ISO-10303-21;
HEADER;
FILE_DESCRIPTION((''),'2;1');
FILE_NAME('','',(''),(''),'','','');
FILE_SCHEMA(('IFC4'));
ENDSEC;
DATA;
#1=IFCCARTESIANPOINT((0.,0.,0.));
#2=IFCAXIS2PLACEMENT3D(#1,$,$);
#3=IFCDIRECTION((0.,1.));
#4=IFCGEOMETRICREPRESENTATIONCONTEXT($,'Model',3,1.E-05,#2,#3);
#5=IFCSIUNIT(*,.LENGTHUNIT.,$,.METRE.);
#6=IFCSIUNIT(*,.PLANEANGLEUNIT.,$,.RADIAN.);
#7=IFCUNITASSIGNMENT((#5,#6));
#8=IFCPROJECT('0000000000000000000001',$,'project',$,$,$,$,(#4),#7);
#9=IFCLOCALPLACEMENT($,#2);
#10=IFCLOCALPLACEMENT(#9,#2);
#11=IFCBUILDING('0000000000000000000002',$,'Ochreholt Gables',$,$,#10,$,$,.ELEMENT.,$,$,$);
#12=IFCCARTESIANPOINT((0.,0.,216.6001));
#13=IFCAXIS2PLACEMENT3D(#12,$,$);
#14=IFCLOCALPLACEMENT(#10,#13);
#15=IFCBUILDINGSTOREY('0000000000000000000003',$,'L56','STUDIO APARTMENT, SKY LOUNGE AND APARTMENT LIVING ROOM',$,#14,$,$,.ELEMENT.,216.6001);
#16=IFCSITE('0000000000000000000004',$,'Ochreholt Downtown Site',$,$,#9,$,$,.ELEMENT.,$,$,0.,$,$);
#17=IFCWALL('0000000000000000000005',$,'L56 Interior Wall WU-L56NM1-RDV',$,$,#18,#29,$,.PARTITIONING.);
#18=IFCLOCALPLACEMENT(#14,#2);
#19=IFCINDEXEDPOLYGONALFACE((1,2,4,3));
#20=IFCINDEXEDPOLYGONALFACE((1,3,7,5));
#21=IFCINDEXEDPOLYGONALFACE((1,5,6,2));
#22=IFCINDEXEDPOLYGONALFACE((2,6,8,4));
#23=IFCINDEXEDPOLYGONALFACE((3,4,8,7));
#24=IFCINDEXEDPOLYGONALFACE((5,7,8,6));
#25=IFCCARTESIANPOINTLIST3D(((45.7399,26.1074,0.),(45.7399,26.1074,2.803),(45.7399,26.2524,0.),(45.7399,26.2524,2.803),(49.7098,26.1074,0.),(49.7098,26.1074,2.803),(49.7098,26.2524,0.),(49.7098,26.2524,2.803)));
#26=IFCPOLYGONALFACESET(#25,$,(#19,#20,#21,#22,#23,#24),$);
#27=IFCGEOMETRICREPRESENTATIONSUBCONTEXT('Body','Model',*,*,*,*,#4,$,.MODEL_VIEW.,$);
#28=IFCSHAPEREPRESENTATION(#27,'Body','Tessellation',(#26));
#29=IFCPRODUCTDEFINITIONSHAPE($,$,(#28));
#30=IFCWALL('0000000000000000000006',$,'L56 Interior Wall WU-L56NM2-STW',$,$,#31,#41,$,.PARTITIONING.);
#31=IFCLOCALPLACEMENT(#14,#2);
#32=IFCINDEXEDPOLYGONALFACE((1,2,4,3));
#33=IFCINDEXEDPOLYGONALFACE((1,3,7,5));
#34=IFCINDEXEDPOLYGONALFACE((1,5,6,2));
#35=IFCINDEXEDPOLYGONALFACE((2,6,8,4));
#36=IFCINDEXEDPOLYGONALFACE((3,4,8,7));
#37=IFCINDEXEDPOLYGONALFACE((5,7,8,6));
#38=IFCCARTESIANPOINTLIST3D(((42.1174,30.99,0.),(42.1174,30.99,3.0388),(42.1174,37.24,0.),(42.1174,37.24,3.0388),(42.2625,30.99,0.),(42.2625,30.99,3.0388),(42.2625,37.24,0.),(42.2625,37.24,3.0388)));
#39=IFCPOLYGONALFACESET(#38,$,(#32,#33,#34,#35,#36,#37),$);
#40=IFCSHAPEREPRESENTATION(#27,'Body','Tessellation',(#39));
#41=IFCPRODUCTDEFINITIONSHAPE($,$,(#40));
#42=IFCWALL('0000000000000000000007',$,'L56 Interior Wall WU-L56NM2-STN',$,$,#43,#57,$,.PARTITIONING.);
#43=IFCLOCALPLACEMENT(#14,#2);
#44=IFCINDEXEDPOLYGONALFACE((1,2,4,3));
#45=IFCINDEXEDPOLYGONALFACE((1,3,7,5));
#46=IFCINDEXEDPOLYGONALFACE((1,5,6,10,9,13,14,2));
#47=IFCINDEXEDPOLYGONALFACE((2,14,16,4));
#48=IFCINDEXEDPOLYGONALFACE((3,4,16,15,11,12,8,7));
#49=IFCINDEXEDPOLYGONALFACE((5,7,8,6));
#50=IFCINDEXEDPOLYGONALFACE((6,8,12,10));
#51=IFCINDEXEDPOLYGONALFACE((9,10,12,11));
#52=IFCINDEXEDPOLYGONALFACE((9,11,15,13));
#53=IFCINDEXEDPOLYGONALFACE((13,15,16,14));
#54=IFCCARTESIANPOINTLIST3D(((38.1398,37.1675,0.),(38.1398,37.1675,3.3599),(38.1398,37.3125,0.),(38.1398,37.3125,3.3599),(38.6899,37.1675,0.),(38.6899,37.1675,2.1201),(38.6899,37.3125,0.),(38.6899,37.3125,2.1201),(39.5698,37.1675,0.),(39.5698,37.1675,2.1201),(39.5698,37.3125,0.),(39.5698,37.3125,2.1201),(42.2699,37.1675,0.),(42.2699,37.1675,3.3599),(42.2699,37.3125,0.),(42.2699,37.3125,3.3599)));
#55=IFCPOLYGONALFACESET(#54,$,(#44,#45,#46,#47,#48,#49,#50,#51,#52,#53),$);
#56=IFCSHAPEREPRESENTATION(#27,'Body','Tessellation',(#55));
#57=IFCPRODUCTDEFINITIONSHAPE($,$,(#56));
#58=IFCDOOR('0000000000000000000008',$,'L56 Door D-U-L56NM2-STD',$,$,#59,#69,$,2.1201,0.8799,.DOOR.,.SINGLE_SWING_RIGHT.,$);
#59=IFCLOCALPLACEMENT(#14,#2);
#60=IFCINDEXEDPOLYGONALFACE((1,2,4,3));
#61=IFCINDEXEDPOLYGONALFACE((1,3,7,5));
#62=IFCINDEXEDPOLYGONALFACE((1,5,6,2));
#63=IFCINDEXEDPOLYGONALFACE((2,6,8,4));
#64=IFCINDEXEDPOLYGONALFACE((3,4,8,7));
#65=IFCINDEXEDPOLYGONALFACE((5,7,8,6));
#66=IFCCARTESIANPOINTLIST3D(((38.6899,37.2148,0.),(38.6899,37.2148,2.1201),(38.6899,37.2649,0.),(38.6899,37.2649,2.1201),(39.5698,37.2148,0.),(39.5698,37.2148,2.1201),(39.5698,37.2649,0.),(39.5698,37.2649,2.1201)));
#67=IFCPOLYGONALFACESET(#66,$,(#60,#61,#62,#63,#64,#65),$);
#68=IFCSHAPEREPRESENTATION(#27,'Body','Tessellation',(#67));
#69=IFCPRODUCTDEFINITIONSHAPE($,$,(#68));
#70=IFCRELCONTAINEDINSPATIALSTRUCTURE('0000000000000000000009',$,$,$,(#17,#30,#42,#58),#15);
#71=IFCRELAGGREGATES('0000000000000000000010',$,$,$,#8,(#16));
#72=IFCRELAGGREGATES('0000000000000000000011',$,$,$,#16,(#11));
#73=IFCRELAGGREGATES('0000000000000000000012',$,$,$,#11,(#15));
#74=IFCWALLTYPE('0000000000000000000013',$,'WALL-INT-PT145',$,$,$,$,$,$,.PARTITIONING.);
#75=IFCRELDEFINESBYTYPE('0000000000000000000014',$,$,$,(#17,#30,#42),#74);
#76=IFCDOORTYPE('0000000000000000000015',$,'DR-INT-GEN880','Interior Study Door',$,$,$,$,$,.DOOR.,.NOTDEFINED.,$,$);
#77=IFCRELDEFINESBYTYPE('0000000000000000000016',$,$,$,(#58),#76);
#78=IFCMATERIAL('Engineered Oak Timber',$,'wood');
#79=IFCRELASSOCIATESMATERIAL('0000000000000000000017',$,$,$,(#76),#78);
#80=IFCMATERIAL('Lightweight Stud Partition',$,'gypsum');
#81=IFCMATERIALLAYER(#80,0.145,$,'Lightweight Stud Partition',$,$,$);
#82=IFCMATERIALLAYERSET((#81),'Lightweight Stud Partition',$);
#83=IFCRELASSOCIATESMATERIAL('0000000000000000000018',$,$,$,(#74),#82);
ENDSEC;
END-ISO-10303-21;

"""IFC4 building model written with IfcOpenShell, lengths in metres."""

from ifc_helpers import new_model, si_unit, direction, frame, frame_2d, origin, place, context, subcontext, project, spatial, rectangle, extrude, material, layer, layer_set, type_object, element, fill, save


model = new_model("IFC4")

# Units and contexts
model_context = context("Model", 3, precision=1e-05, world=origin(), true_north=direction((0.0, 1.0)))
body_context = subcontext(model_context, "Body", "Model", "MODEL_VIEW")
ifc_project = project(units=[si_unit("LENGTHUNIT", "METRE"), si_unit("PLANEANGLEUNIT", "RADIAN")], contexts=[model_context])

# Site, building, storey
site_placement = place(None, origin())
site = spatial("IfcSite", under=ifc_project, at=site_placement, Name="Ochreholt Downtown Site", CompositionType="ELEMENT", RefElevation=0.0)
building_placement = place(site_placement, origin())
building = spatial("IfcBuilding", under=site, at=building_placement, Name="Ochreholt Gables", CompositionType="ELEMENT")
storey_placement = place(building_placement, frame((0.0, 0.0, 216.6001)))
storey = spatial("IfcBuildingStorey", under=building, at=storey_placement, Name="L56", Description="STUDIO APARTMENT, SKY LOUNGE AND APARTMENT LIVING ROOM", CompositionType="ELEMENT", Elevation=216.6001)

# Shared definitions
ifc_material_1 = material(Name="Engineered Oak Timber", Category="wood")
door_type_1 = type_object("IfcDoorType", Name="DR-INT-GEN880", Description="Interior Study Door", OperationType="NOTDEFINED", PredefinedType="DOOR", material=ifc_material_1)

# Shared definitions
ifc_material_2 = material(Name="Lightweight Stud Partition", Category="gypsum")
ifc_layer_1 = layer(ifc_material_2, 0.145, Name="Lightweight Stud Partition")
ifc_layer_set_1 = layer_set([ifc_layer_1], Name="Lightweight Stud Partition")
wall_type_1 = type_object("IfcWallType", Name="WALL-INT-PT145", PredefinedType="PARTITIONING", material=ifc_layer_set_1)

# Walls
wall_1_placement = place(storey_placement, frame((45.74, 26.1799, 0.0), z_axis=(0.0, 0.0, 1.0), x_axis=(1.0, 0.0, 0.0)))
element("IfcWall", 1, at=wall_1_placement, inside=storey, type_object=wall_type_1, Name="L56 Interior Wall WU-L56NM1-RDV", PredefinedType="PARTITIONING", context=body_context, shape_type="SweptSolid", body=[
    extrude(rectangle(XDim=3.97, YDim=0.145, at=frame_2d((1.9849, 0.0))), origin(), (0.0, 0.0, 1.0), 2.803),
])
wall_2_placement = place(storey_placement, frame((42.1899, 30.99, 0.0), z_axis=(0.0, 0.0, 1.0), x_axis=(0.0, 1.0, 0.0)))
element("IfcWall", 2, at=wall_2_placement, inside=storey, type_object=wall_type_1, Name="L56 Interior Wall WU-L56NM2-STW", PredefinedType="PARTITIONING", context=body_context, shape_type="SweptSolid", body=[
    extrude(rectangle(XDim=6.25, YDim=0.145, at=frame_2d((3.125, 0.0))), origin(), (0.0, 0.0, 1.0), 3.0388),
])

# Wall, opening, door
wall_3_placement = place(storey_placement, frame((38.1399, 37.24, 0.0), z_axis=(0.0, 0.0, 1.0), x_axis=(1.0, 0.0, 0.0)))
wall_3 = element("IfcWall", 3, at=wall_3_placement, inside=storey, type_object=wall_type_1, Name="L56 Interior Wall WU-L56NM2-STN", PredefinedType="PARTITIONING", context=body_context, shape_type="SweptSolid", body=[
    extrude(rectangle(XDim=4.1301, YDim=0.145, at=frame_2d((2.0649, 0.0))), origin(), (0.0, 0.0, 1.0), 3.3599),
])
opening_1_placement = place(wall_3_placement, frame((0.55, 0.0, 0.0)))
opening_1 = element("IfcOpeningElement", 4, at=opening_1_placement, cuts=wall_3, PredefinedType="OPENING", context=body_context, shape_type="SweptSolid", body=[
    extrude(rectangle(XDim=0.8799, YDim=2.1201, at=frame_2d((0.4399, 1.0601))), frame((0.0, 0.0825, 0.0), z_axis=(0.0, -1.0, 0.0), x_axis=(1.0, 0.0, 0.0)), (0.0, 0.0, 1.0), 0.165),
])
door_1_placement = place(opening_1_placement, origin())
door_1 = element("IfcDoor", 5, at=door_1_placement, inside=storey, type_object=door_type_1, Name="L56 Door D-U-L56NM2-STD", OperationType="SINGLE_SWING_RIGHT", OverallHeight=2.1201, OverallWidth=0.8799, PredefinedType="DOOR", context=body_context, shape_type="SweptSolid", body=[
    extrude(rectangle(XDim=0.8799, YDim=2.1201, at=frame_2d((0.4399, 1.0601))), frame((0.0, 0.0249, 0.0), z_axis=(0.0, -1.0, 0.0), x_axis=(1.0, 0.0, 0.0)), (0.0, 0.0, 1.0), 0.05),
])
fill(opening_1, door_1)

save(model, "model.ifc")
